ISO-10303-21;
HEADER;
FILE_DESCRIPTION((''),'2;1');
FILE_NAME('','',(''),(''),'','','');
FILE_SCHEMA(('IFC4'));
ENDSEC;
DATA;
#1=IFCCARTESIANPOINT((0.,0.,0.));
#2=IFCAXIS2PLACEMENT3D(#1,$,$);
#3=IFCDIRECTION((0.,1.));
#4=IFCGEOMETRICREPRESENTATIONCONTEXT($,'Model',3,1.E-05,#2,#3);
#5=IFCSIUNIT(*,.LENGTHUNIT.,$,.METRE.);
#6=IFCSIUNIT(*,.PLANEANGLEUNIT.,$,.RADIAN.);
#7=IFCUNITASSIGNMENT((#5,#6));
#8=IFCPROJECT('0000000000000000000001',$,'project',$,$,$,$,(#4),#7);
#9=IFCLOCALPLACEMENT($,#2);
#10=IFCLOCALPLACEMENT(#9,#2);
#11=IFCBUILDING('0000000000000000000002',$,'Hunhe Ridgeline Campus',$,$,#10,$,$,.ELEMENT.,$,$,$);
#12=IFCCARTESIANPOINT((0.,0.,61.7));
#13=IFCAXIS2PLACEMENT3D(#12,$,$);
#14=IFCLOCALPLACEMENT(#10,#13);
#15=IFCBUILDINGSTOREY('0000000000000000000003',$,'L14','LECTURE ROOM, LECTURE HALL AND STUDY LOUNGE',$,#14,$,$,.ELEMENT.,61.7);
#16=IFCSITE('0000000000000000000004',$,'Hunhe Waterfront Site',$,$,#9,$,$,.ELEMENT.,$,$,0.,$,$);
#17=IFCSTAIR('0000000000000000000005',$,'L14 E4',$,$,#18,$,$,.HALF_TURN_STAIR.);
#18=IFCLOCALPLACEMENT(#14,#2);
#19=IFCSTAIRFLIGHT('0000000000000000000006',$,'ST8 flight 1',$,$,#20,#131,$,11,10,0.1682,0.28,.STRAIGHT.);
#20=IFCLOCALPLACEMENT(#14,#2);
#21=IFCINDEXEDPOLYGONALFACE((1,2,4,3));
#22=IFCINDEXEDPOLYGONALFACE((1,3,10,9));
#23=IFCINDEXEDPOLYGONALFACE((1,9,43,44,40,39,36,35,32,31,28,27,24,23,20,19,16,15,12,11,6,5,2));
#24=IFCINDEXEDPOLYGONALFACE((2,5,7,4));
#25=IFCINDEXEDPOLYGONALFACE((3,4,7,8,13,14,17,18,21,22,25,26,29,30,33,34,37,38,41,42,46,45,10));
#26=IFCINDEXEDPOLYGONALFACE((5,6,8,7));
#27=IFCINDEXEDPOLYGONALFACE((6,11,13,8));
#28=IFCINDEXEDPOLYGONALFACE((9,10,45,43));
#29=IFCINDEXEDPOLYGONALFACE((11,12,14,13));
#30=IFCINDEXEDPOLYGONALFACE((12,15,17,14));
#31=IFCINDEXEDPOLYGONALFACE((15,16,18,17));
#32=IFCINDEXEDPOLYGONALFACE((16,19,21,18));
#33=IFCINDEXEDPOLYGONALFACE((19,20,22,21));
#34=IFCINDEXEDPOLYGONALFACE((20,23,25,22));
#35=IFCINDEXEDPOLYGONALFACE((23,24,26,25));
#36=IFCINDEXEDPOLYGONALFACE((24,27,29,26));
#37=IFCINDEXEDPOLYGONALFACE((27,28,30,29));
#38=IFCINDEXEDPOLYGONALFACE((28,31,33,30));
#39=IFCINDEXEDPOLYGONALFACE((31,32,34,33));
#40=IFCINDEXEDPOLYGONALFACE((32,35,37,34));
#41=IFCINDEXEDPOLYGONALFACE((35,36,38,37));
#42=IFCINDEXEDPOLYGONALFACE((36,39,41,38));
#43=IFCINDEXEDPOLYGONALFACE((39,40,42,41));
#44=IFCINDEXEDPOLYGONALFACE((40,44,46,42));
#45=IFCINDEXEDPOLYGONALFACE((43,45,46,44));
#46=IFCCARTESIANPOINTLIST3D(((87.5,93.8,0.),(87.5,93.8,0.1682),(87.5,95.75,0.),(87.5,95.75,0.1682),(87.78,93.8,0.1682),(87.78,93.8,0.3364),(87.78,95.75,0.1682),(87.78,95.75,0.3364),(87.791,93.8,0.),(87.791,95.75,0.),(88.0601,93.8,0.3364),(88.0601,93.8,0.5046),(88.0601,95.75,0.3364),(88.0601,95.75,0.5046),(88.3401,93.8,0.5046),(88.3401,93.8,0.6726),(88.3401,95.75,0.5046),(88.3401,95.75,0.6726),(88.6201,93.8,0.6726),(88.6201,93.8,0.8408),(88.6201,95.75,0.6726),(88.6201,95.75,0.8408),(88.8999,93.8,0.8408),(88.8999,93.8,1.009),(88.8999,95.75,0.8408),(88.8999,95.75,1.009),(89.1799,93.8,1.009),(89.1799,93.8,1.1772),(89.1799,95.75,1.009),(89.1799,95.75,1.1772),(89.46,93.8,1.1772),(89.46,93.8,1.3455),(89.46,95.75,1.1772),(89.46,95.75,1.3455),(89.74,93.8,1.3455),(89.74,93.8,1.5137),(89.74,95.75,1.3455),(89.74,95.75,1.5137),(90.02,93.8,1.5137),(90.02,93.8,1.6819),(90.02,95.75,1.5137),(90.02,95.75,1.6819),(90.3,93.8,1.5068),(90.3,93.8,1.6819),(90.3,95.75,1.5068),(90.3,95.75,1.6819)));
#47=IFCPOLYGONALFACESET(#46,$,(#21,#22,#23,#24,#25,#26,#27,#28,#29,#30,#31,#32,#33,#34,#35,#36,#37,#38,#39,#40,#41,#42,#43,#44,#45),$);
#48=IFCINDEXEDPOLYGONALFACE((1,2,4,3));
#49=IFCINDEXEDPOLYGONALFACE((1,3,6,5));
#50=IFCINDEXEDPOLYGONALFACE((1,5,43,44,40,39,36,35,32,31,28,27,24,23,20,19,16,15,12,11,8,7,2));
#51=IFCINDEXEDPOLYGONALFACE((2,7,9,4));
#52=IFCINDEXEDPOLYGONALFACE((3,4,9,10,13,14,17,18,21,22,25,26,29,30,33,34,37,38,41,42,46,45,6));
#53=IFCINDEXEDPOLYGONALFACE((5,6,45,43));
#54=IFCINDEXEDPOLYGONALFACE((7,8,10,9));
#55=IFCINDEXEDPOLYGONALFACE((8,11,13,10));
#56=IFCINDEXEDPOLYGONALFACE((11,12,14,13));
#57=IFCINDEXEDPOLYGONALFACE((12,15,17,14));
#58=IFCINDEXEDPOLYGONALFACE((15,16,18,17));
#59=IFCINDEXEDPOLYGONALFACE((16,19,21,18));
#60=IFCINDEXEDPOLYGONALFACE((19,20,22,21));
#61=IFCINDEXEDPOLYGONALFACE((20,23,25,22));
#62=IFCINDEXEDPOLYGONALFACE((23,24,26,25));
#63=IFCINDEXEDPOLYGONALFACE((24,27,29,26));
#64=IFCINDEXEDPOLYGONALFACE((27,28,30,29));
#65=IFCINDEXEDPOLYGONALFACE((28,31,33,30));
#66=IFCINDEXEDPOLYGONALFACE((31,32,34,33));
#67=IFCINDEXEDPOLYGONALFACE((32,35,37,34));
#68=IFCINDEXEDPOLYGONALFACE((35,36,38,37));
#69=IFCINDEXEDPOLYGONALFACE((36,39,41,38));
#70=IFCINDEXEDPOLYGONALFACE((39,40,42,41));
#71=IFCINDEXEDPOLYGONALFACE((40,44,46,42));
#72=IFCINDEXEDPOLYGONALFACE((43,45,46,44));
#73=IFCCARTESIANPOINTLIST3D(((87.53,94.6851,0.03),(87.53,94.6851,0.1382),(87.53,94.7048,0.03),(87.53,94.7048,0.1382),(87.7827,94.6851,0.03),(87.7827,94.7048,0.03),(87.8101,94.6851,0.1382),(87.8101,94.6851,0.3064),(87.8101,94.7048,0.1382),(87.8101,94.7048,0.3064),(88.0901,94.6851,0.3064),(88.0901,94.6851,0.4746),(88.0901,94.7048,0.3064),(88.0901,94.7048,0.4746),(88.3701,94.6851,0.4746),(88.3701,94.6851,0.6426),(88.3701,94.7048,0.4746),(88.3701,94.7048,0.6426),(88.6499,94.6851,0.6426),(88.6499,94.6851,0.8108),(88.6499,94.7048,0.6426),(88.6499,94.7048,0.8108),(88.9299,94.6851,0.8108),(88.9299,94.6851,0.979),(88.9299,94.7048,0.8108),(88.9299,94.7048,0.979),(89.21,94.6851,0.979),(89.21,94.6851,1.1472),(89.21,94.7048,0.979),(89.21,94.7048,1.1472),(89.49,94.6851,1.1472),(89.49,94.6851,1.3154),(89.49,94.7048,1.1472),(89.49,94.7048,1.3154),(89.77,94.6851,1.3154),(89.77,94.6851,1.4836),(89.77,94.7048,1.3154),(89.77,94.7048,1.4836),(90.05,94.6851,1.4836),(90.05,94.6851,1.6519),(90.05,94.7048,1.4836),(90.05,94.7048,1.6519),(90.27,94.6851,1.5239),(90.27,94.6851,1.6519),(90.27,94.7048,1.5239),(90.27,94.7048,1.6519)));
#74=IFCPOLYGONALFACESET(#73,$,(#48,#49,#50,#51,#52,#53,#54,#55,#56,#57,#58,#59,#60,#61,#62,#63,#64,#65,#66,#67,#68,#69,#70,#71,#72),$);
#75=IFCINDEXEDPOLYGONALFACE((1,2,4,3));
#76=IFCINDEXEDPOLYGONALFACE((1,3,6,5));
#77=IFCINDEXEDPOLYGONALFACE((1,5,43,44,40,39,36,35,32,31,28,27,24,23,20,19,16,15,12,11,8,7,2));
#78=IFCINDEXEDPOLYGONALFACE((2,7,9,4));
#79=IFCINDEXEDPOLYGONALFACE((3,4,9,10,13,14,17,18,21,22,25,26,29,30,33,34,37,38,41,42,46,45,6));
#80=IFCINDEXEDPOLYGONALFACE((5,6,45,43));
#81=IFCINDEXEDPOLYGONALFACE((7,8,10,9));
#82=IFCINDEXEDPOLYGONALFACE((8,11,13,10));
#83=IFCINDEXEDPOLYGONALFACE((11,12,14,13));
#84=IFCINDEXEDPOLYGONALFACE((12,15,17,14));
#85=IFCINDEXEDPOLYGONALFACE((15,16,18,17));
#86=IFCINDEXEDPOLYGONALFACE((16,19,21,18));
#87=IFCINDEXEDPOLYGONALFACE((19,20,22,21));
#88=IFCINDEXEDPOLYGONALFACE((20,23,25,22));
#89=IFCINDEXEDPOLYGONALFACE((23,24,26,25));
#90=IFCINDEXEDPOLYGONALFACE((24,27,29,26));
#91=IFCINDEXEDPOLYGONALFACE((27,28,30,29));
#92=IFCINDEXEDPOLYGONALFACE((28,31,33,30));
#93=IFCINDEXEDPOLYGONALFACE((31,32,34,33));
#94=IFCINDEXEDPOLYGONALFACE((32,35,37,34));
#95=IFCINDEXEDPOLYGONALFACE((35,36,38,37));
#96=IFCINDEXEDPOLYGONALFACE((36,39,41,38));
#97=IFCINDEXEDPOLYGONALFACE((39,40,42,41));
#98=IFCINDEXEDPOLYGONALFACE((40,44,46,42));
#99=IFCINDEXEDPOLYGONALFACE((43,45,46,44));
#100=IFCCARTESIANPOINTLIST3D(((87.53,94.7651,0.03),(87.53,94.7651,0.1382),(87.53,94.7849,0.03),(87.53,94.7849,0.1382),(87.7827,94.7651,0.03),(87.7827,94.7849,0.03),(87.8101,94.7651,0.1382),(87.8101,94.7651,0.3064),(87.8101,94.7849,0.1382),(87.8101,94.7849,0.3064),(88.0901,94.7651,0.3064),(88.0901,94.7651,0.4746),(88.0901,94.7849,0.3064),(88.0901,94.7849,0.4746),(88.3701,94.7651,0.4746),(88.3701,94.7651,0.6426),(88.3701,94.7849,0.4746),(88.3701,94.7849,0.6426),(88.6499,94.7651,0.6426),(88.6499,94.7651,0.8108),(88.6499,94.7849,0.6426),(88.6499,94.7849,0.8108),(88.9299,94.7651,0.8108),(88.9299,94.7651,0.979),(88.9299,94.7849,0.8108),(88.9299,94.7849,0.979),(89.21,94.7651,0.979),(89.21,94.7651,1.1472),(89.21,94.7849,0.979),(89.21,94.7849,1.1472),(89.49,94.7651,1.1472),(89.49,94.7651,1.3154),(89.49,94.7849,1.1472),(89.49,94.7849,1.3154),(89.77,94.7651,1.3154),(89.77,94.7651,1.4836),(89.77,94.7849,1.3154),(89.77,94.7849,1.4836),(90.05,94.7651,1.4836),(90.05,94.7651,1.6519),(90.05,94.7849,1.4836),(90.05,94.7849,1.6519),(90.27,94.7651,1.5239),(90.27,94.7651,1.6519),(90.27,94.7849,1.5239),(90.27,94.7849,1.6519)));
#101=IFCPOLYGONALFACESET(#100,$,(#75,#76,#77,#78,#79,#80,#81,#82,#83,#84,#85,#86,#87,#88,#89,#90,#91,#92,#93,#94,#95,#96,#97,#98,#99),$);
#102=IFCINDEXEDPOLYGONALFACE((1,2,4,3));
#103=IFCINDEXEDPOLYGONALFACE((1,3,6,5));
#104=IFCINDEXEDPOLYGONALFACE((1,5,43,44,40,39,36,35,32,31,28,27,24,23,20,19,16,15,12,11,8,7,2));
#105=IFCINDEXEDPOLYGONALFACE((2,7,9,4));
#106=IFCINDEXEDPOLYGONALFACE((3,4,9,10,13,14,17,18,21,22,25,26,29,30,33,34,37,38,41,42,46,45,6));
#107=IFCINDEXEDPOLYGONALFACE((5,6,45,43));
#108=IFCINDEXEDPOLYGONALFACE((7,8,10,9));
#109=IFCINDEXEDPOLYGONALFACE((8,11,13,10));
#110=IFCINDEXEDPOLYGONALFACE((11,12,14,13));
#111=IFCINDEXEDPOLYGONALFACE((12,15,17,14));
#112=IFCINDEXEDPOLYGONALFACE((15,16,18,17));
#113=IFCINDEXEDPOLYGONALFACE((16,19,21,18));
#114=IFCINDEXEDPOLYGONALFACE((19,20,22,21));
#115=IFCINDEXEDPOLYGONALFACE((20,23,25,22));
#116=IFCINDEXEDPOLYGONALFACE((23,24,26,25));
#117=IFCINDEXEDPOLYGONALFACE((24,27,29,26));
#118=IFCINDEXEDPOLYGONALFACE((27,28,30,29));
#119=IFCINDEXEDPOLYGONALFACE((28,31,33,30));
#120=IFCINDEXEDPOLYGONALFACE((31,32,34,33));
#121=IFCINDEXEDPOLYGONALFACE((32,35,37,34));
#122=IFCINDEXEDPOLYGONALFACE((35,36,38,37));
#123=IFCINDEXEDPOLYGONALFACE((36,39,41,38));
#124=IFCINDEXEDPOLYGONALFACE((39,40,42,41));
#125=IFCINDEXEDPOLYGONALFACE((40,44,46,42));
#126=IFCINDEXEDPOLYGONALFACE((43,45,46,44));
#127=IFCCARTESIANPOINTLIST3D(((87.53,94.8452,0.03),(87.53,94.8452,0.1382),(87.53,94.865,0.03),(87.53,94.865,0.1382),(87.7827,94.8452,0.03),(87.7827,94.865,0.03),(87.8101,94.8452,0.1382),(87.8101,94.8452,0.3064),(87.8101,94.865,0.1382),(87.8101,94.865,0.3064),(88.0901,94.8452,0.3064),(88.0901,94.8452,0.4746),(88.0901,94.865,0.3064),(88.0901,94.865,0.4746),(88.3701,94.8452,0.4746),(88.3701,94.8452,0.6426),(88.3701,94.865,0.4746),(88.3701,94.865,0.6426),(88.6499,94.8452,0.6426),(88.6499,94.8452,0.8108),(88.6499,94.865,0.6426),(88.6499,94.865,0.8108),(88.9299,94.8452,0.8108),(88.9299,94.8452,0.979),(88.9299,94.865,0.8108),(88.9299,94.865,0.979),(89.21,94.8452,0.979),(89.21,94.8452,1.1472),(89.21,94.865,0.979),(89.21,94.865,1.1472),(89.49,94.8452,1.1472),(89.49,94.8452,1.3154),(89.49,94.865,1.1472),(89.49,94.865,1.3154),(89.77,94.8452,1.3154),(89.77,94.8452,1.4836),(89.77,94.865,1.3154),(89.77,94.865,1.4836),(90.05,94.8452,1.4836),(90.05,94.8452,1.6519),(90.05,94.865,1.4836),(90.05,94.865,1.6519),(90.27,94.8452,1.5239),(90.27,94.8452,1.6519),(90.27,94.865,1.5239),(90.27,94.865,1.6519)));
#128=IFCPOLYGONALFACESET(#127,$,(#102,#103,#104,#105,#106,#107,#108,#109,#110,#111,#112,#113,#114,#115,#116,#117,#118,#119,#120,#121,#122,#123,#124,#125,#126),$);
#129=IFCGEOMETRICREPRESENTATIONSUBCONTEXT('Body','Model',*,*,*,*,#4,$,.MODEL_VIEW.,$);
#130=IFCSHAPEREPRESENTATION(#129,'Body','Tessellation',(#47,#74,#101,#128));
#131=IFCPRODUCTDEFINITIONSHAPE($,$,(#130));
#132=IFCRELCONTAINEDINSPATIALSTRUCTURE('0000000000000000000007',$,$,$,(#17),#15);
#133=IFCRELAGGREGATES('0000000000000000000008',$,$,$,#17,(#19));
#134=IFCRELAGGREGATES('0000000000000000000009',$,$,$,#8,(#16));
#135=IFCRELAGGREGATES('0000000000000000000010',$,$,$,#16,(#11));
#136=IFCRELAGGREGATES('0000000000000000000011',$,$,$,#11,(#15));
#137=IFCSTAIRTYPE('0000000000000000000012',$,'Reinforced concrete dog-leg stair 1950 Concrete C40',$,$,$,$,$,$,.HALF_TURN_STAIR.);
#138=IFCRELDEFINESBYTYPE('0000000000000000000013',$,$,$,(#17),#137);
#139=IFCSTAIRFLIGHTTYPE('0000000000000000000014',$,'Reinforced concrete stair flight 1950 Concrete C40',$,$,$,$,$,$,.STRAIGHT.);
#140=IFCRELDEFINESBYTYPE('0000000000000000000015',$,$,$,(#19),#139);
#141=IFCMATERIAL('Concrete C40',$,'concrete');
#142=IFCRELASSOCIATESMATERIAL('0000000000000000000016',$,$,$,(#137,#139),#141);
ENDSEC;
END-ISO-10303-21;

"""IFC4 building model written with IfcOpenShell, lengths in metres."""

from ifc_helpers import new_model, si_unit, direction, frame, origin, place, context, subcontext, project, spatial, polyline, outline, extrude, material, type_object, element, aggregate, save


model = new_model("IFC4")

# Units and contexts
model_context = context("Model", 3, precision=1e-05, world=origin(), true_north=direction((0.0, 1.0)))
body_context = subcontext(model_context, "Body", "Model", "MODEL_VIEW")
ifc_project = project(units=[si_unit("LENGTHUNIT", "METRE"), si_unit("PLANEANGLEUNIT", "RADIAN")], contexts=[model_context])

# Site, building, storey
site_placement = place(None, origin())
site = spatial("IfcSite", under=ifc_project, at=site_placement, Name="Hunhe Waterfront Site", CompositionType="ELEMENT", RefElevation=0.0)
building_placement = place(site_placement, origin())
building = spatial("IfcBuilding", under=site, at=building_placement, Name="Hunhe Ridgeline Campus", CompositionType="ELEMENT")
storey_placement = place(building_placement, frame((0.0, 0.0, 61.7)))
storey = spatial("IfcBuildingStorey", under=building, at=storey_placement, Name="L14", Description="LECTURE ROOM, LECTURE HALL AND STUDY LOUNGE", CompositionType="ELEMENT", Elevation=61.7)

# Stair, stair flight
ifc_material_1 = material(Name="Concrete C40", Category="concrete")
stair_type = type_object("IfcStairType", Name="Reinforced concrete dog-leg stair 1950 Concrete C40", PredefinedType="HALF_TURN_STAIR", material=ifc_material_1)
stair_placement = place(storey_placement, origin())
stair = element("IfcStair", 1, at=stair_placement, inside=storey, type_object=stair_type, Name="L14 E4", PredefinedType="HALF_TURN_STAIR")
stair_flight_type = type_object("IfcStairFlightType", Name="Reinforced concrete stair flight 1950 Concrete C40", PredefinedType="STRAIGHT", material=ifc_material_1)
stair_flight_1_placement = place(storey_placement, frame((87.5, 94.7749, 0.0), z_axis=(0.0, 0.0, 1.0), x_axis=(1.0, 0.0, 0.0)))
stair_flight_1 = element("IfcStairFlight", 2, at=stair_flight_1_placement, type_object=stair_flight_type, Name="ST8 flight 1", NumberOfRisers=11, NumberOfTreads=10, PredefinedType="STRAIGHT", RiserHeight=0.1682, TreadLength=0.28, context=body_context, shape_type="SweptSolid", body=[
    extrude(outline(polyline([(0.0, 0.0), (0.0, 0.1682), (0.28, 0.1682), (0.28, 0.3364), (0.5601, 0.3364), (0.5601, 0.5046), (0.8401, 0.5046), (0.8401, 0.6726), (1.1201, 0.6726), (1.1201, 0.8408), (1.3999, 0.8408), (1.3999, 1.009), (1.6799, 1.009), (1.6799, 1.1772), (1.96, 1.1772), (1.96, 1.3455), (2.24, 1.3455), (2.24, 1.5137), (2.52, 1.5137), (2.52, 1.6819), (2.8, 1.6819), (2.8, 1.8501), (2.8, 1.5068), (0.291, 0.0), (0.0, 0.0)])), frame((0.0, 0.9751, 0.0), z_axis=(0.0, -1.0, 0.0), x_axis=(1.0, 0.0, 0.0)), (0.0, 0.0, 1.0), 1.95),
    extrude(outline(polyline([(0.03, 0.03), (0.03, 0.1382), (0.3101, 0.1382), (0.3101, 0.3064), (0.5901, 0.3064), (0.5901, 0.4746), (0.8701, 0.4746), (0.8701, 0.6426), (1.1499, 0.6426), (1.1499, 0.8108), (1.4299, 0.8108), (1.4299, 0.979), (1.71, 0.979), (1.71, 1.1472), (1.99, 1.1472), (1.99, 1.3154), (2.27, 1.3154), (2.27, 1.4836), (2.55, 1.4836), (2.55, 1.6519), (2.77, 1.6519), (2.77, 1.5239), (0.2827, 0.03), (0.03, 0.03)])), frame((0.0, -0.0701, 0.0), z_axis=(0.0, -1.0, 0.0), x_axis=(1.0, 0.0, 0.0)), (0.0, 0.0, 1.0), 0.0198),
    extrude(outline(polyline([(0.03, 0.03), (0.03, 0.1382), (0.3101, 0.1382), (0.3101, 0.3064), (0.5901, 0.3064), (0.5901, 0.4746), (0.8701, 0.4746), (0.8701, 0.6426), (1.1499, 0.6426), (1.1499, 0.8108), (1.4299, 0.8108), (1.4299, 0.979), (1.71, 0.979), (1.71, 1.1472), (1.99, 1.1472), (1.99, 1.3154), (2.27, 1.3154), (2.27, 1.4836), (2.55, 1.4836), (2.55, 1.6519), (2.77, 1.6519), (2.77, 1.5239), (0.2827, 0.03), (0.03, 0.03)])), frame((0.0, 0.01, 0.0), z_axis=(0.0, -1.0, 0.0), x_axis=(1.0, 0.0, 0.0)), (0.0, 0.0, 1.0), 0.0198),
    extrude(outline(polyline([(0.03, 0.03), (0.03, 0.1382), (0.3101, 0.1382), (0.3101, 0.3064), (0.5901, 0.3064), (0.5901, 0.4746), (0.8701, 0.4746), (0.8701, 0.6426), (1.1499, 0.6426), (1.1499, 0.8108), (1.4299, 0.8108), (1.4299, 0.979), (1.71, 0.979), (1.71, 1.1472), (1.99, 1.1472), (1.99, 1.3154), (2.27, 1.3154), (2.27, 1.4836), (2.55, 1.4836), (2.55, 1.6519), (2.77, 1.6519), (2.77, 1.5239), (0.2827, 0.03), (0.03, 0.03)])), frame((0.0, 0.0901, 0.0), z_axis=(0.0, -1.0, 0.0), x_axis=(1.0, 0.0, 0.0)), (0.0, 0.0, 1.0), 0.0198),
])
aggregate(stair, [stair_flight_1])

save(model, "model.ifc")
